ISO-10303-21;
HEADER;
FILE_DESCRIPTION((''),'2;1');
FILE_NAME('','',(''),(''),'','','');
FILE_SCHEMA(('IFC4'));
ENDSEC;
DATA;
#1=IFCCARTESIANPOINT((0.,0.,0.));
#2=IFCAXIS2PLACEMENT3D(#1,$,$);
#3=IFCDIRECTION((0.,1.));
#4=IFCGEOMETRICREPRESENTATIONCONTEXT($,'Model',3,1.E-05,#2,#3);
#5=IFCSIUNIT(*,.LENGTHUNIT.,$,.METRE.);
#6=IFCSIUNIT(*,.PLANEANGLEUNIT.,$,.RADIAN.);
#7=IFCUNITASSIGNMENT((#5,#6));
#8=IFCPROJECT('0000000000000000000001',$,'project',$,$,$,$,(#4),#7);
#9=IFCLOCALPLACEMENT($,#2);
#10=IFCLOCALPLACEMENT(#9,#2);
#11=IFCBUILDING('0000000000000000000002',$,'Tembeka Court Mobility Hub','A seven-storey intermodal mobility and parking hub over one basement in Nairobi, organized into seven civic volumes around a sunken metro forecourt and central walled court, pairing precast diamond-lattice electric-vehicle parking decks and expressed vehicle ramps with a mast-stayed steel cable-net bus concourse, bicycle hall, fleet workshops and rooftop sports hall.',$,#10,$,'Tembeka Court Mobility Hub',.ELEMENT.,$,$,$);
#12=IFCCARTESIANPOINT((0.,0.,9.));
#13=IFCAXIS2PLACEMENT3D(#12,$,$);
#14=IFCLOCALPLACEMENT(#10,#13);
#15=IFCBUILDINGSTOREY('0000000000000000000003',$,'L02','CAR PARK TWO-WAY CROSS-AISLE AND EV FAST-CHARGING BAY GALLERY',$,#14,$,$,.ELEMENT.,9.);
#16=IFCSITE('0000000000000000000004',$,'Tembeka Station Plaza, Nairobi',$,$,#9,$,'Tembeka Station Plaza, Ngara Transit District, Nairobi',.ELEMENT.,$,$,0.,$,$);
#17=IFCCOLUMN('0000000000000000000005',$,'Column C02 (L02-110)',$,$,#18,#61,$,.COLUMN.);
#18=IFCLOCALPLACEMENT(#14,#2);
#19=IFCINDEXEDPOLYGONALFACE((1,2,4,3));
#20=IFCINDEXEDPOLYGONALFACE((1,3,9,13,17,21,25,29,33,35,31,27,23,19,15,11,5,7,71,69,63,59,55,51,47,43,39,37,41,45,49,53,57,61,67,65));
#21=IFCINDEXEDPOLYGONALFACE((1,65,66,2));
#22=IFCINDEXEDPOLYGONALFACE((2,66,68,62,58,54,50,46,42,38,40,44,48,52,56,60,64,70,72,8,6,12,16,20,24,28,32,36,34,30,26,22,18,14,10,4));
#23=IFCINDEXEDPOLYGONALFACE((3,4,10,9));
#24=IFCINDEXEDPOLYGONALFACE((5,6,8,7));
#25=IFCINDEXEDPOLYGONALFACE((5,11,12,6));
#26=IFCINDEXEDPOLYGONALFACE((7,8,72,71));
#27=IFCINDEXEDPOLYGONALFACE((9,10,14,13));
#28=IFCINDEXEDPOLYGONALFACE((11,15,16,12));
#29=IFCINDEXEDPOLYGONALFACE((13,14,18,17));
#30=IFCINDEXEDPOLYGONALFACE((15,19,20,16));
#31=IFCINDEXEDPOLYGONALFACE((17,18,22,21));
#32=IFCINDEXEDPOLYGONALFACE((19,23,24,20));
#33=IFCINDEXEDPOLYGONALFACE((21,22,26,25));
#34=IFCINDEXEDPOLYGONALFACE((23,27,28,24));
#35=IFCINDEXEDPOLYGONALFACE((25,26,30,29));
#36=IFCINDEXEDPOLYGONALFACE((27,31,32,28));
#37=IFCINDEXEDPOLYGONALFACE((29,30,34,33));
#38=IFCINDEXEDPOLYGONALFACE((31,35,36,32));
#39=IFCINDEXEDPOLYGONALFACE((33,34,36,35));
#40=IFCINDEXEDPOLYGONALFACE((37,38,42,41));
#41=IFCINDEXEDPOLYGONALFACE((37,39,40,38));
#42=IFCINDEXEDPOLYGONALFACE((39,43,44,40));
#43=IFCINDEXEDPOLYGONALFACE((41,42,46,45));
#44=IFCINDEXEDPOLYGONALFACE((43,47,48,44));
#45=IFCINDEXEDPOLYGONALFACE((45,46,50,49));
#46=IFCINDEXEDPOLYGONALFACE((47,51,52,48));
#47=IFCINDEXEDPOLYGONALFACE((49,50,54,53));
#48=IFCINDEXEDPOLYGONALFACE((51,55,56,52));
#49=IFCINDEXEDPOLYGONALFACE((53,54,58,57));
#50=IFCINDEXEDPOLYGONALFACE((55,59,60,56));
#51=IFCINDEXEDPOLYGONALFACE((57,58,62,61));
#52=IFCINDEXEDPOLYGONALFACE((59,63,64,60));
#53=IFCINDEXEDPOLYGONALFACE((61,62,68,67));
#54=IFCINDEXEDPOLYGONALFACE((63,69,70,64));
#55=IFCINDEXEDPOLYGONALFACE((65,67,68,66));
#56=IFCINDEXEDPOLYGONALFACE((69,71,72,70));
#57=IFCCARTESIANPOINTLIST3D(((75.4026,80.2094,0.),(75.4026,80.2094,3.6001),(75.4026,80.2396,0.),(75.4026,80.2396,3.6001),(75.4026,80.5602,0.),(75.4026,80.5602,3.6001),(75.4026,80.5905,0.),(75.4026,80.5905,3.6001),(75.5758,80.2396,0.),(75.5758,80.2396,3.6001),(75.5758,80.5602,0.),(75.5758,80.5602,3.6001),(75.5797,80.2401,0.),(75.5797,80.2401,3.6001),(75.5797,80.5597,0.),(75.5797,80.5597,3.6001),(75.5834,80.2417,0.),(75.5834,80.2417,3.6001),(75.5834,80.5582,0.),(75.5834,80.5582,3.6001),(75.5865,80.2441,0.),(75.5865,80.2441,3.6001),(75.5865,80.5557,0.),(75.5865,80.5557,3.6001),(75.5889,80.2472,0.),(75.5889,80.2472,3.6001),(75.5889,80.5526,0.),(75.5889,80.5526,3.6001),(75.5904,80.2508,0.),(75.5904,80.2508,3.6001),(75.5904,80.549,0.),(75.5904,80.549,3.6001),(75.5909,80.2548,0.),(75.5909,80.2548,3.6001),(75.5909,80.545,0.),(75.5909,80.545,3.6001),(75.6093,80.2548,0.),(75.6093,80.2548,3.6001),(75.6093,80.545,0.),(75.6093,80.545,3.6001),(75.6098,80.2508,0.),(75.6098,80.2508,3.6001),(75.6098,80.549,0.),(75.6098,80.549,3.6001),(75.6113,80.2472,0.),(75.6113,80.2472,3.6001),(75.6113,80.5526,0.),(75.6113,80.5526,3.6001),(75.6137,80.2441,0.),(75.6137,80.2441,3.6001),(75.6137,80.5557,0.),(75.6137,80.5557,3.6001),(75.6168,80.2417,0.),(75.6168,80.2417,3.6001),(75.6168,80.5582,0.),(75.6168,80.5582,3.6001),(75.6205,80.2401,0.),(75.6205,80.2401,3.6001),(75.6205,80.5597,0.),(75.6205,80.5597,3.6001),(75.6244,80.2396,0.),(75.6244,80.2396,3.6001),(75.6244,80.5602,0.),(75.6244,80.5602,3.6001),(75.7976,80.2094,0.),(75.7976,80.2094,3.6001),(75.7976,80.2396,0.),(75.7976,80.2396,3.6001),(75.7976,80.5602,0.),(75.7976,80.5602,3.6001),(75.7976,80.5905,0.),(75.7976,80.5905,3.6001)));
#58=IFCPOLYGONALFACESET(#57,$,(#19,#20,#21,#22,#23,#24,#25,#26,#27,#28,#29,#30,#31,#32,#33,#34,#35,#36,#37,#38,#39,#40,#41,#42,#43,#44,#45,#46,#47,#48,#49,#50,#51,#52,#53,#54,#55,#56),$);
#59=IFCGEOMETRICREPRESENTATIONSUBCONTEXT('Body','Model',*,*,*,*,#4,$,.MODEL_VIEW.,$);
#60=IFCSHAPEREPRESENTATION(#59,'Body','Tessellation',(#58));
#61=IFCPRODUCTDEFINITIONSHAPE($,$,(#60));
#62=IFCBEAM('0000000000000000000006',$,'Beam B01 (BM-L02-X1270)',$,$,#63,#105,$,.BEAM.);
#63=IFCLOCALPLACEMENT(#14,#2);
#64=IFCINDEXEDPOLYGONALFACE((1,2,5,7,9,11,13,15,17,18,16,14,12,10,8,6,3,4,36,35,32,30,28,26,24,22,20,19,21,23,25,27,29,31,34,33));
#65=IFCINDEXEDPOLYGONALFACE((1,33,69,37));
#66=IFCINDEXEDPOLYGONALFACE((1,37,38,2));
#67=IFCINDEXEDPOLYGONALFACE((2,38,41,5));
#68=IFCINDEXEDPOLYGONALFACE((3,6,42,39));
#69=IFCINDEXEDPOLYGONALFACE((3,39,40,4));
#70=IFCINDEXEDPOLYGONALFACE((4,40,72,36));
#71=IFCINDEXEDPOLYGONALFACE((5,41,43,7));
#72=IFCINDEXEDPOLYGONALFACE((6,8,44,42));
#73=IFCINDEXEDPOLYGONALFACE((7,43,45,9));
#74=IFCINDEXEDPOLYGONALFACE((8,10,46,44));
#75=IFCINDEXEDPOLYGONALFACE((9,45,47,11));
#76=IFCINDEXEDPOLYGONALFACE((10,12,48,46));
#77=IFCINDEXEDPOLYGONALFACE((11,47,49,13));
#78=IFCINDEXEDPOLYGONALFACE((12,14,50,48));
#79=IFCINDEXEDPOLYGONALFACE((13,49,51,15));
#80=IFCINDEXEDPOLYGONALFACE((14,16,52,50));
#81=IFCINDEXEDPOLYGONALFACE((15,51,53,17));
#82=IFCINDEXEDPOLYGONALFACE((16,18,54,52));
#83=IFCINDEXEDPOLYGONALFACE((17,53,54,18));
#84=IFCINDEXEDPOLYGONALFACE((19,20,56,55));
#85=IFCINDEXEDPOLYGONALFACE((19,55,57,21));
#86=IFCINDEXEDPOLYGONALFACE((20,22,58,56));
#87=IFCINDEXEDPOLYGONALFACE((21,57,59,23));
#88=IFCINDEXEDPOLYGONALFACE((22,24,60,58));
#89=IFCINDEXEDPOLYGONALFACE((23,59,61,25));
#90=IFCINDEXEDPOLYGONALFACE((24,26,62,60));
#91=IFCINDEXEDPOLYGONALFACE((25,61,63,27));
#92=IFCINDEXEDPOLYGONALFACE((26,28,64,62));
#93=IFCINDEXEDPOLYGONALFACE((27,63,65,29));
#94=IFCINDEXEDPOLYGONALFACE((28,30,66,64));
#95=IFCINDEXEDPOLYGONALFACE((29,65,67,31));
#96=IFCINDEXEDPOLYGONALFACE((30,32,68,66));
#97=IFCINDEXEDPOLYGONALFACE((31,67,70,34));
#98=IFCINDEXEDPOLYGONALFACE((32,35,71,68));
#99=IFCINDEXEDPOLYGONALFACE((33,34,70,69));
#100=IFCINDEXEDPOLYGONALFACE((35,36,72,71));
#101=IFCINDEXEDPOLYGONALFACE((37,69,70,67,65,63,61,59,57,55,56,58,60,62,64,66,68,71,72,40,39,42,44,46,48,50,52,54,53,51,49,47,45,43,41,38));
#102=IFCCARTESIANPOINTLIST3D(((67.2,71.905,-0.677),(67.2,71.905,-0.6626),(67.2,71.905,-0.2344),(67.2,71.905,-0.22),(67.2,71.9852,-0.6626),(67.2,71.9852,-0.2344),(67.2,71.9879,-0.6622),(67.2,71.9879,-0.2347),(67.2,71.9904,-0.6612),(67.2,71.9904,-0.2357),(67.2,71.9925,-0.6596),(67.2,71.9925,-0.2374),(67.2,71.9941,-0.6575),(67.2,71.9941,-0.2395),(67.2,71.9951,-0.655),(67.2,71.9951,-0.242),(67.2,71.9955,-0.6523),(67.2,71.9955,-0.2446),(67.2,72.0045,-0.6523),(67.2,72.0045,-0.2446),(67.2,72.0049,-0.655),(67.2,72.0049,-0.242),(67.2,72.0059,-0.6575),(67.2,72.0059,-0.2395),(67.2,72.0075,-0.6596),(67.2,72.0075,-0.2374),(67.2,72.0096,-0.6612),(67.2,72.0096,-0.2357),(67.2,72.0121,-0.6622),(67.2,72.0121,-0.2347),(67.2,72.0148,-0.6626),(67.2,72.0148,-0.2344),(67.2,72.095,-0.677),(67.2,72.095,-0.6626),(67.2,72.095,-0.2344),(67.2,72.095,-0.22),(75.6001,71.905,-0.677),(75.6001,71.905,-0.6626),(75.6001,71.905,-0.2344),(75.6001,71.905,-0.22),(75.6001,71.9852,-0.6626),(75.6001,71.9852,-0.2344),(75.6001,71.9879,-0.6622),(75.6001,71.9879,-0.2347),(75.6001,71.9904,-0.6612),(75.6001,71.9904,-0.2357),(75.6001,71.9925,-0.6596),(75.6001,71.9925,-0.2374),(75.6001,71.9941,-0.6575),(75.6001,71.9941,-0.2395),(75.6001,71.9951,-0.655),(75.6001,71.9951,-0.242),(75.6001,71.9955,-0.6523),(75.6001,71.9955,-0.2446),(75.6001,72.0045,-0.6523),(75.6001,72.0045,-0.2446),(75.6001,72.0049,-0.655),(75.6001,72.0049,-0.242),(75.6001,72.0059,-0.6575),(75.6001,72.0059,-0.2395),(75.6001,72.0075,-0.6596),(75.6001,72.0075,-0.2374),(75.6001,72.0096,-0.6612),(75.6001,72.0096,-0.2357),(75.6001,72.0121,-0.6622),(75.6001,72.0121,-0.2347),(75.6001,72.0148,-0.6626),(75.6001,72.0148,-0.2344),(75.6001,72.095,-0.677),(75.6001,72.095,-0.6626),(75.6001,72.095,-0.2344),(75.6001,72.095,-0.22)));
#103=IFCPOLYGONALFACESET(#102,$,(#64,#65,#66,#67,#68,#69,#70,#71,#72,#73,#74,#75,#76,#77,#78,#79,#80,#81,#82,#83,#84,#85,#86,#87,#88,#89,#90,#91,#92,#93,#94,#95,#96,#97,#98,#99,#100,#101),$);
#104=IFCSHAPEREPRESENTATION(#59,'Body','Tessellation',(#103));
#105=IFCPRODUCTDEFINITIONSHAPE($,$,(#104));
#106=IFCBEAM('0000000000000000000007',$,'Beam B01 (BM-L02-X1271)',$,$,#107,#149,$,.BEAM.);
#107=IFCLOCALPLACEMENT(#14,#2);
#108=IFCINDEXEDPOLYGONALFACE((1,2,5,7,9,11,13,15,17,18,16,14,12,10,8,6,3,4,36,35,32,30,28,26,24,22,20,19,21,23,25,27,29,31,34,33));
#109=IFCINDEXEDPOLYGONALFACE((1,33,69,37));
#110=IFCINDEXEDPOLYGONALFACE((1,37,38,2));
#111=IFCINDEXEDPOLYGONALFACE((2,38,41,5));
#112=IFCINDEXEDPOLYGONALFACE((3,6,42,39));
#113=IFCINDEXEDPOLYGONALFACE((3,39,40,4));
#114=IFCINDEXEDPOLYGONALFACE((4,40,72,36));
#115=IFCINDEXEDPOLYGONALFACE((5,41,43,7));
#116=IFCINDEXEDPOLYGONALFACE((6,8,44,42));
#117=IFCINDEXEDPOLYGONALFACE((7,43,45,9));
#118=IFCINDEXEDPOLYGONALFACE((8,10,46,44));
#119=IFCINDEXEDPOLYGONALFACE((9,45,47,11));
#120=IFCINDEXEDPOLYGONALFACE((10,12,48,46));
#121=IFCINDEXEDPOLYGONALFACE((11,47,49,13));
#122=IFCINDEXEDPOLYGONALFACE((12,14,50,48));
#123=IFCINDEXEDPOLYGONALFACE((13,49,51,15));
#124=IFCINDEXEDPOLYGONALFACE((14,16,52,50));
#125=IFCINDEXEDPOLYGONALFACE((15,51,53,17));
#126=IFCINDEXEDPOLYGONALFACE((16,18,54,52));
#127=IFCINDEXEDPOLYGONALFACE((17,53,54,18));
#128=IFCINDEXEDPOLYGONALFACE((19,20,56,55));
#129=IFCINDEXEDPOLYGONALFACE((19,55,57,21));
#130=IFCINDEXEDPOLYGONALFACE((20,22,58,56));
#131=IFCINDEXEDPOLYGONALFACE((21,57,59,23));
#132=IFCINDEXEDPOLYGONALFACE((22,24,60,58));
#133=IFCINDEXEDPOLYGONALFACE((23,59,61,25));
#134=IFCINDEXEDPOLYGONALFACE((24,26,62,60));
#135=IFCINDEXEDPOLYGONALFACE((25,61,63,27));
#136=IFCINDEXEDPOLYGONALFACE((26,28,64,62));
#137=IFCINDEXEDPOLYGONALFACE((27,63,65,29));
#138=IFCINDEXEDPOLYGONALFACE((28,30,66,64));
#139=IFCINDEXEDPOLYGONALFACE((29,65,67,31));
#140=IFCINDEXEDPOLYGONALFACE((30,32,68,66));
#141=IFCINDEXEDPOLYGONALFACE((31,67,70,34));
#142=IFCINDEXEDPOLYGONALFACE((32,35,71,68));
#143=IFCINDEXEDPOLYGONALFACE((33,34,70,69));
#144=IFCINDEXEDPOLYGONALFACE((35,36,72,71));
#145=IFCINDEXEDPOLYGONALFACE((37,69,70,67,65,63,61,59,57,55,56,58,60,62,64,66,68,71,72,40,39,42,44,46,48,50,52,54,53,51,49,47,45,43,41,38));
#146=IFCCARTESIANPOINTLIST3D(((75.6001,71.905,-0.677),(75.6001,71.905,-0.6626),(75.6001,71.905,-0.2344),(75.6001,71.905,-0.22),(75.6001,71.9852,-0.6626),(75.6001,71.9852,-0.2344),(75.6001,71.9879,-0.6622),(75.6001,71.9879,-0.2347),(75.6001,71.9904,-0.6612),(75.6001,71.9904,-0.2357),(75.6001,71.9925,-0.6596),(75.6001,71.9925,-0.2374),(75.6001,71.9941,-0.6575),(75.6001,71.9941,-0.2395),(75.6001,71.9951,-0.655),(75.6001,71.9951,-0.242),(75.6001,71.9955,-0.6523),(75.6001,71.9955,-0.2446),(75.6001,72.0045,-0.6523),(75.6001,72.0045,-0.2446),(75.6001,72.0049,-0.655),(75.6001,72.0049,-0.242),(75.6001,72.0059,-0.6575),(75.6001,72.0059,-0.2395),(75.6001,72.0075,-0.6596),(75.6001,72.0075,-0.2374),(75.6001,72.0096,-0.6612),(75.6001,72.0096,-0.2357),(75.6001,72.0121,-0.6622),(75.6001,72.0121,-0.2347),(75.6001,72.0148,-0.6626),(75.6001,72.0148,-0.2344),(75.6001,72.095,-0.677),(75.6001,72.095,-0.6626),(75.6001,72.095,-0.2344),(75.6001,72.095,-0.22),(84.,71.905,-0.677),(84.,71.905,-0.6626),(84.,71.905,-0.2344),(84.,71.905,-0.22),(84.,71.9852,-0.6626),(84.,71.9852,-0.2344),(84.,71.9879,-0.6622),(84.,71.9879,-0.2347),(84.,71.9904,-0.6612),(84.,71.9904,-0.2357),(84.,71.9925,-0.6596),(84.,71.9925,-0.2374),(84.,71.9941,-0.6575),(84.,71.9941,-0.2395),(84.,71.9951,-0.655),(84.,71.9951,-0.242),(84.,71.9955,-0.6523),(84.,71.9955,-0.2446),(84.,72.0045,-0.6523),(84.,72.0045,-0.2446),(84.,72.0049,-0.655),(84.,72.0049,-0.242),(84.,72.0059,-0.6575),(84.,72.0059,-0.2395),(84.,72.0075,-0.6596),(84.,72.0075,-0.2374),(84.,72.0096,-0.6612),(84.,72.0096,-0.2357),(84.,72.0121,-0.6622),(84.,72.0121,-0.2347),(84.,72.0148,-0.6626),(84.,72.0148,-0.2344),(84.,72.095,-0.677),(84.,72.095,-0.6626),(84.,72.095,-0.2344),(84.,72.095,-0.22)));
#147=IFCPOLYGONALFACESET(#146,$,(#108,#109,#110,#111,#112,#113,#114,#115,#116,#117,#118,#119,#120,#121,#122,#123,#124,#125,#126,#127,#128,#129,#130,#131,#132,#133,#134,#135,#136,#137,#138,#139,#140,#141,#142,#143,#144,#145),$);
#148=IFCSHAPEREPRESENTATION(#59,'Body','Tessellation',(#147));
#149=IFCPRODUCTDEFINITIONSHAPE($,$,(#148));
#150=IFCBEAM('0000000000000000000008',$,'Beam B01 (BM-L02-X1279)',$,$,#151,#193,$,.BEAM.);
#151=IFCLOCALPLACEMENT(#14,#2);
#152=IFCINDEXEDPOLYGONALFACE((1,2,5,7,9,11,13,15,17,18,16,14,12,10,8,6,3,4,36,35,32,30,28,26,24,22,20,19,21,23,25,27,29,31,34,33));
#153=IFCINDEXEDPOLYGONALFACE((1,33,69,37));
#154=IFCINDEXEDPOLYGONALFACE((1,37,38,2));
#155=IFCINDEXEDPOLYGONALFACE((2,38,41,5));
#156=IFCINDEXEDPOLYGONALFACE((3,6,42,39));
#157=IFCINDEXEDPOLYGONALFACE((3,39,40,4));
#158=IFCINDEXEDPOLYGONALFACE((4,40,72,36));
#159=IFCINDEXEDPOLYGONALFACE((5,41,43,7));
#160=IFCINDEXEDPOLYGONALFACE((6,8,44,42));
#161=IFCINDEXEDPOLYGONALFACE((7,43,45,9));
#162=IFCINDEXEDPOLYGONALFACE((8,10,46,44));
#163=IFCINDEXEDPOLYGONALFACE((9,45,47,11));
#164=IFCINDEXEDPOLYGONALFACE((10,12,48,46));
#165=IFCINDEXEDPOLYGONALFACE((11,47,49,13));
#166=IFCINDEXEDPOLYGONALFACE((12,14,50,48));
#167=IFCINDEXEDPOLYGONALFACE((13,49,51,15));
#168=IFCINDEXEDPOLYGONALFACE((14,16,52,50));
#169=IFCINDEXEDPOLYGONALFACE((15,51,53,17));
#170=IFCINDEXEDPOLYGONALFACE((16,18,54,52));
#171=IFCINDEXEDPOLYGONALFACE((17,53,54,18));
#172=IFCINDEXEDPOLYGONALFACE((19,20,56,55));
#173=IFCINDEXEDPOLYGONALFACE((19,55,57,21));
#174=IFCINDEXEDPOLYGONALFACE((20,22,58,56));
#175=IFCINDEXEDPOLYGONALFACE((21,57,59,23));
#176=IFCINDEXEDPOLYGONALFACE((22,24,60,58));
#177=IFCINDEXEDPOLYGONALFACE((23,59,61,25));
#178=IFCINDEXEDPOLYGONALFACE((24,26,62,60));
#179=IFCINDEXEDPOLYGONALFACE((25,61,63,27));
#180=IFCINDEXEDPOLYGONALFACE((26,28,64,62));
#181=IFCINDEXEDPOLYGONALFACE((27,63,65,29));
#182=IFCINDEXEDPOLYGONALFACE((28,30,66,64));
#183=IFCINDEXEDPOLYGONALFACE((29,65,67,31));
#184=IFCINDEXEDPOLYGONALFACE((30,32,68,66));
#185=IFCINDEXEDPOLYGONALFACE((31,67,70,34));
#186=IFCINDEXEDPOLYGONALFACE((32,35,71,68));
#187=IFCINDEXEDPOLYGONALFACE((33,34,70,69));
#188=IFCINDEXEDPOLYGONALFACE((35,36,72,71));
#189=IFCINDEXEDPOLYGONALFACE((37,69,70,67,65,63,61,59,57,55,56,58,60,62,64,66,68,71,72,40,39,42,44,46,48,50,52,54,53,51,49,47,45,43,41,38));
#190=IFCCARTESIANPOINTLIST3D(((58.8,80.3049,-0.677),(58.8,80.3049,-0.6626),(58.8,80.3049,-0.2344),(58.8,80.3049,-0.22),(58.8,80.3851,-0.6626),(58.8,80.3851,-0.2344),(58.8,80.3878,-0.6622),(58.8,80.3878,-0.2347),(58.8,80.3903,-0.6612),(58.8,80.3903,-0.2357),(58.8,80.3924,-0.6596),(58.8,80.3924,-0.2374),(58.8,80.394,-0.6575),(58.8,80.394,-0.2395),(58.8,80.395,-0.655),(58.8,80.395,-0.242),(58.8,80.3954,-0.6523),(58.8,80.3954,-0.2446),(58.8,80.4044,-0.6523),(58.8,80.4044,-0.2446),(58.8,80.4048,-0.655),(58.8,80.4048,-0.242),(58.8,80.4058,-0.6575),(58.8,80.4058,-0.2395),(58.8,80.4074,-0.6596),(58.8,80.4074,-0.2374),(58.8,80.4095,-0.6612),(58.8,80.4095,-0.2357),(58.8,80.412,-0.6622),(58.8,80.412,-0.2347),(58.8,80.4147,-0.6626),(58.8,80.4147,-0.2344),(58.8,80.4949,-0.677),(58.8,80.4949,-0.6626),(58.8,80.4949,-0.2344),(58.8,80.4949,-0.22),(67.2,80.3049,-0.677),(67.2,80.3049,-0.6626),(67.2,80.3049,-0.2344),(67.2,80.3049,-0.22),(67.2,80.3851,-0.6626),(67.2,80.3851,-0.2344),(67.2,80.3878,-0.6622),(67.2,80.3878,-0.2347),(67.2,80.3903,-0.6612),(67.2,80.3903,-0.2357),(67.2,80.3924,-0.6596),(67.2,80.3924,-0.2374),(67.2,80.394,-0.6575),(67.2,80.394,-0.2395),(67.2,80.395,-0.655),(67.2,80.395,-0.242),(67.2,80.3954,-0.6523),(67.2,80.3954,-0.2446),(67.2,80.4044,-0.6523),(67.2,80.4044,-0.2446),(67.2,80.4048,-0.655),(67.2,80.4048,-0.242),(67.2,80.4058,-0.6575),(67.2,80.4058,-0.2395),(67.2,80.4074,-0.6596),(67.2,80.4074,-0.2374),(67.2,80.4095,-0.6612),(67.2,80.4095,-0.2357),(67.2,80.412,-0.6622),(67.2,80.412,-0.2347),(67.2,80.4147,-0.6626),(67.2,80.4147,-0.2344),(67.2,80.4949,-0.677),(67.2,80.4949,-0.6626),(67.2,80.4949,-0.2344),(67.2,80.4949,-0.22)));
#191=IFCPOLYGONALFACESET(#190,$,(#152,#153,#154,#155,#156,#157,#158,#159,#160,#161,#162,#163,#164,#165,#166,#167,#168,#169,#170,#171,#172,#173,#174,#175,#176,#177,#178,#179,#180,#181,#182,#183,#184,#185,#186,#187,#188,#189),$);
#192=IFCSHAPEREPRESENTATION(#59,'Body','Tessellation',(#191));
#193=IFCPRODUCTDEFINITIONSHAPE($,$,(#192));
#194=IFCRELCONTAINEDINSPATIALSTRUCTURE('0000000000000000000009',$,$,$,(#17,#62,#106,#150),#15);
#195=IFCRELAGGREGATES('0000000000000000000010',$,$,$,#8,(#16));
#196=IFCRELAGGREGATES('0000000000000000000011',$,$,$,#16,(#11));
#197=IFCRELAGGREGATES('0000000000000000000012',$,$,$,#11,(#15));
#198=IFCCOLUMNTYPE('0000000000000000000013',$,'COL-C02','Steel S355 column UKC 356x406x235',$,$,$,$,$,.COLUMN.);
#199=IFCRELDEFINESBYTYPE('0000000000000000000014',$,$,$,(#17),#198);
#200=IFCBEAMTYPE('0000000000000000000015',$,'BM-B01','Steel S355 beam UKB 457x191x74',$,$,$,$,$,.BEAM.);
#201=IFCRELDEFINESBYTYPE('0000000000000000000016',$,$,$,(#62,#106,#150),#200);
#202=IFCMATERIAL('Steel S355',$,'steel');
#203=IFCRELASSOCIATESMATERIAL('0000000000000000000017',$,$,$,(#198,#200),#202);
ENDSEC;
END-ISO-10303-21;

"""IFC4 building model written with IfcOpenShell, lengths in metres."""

from ifc_helpers import new_model, si_unit, direction, frame, origin, origin_2d, place, context, subcontext, project, spatial, i_section, extrude, material, material_profile, profile_set, type_object, element, save


model = new_model("IFC4")

# Units and contexts
model_context = context("Model", 3, precision=1e-05, world=origin(), true_north=direction((0.0, 1.0)))
body_context = subcontext(model_context, "Body", "Model", "MODEL_VIEW")
ifc_project = project(units=[si_unit("LENGTHUNIT", "METRE"), si_unit("PLANEANGLEUNIT", "RADIAN")], contexts=[model_context])

# Site, building, storey
site_placement = place(None, origin())
site = spatial("IfcSite", under=ifc_project, at=site_placement, Name="Tembeka Station Plaza, Nairobi", LongName="Tembeka Station Plaza, Ngara Transit District, Nairobi", CompositionType="ELEMENT", RefElevation=0.0)
building_placement = place(site_placement, origin())
building = spatial("IfcBuilding", under=site, at=building_placement, Name="Tembeka Court Mobility Hub", Description="A seven-storey intermodal mobility and parking hub over one basement in Nairobi, organized into seven civic volumes around a sunken metro forecourt and central walled court, pairing precast diamond-lattice electric-vehicle parking decks and expressed vehicle ramps with a mast-stayed steel cable-net bus concourse, bicycle hall, fleet workshops and rooftop sports hall.", LongName="Tembeka Court Mobility Hub", CompositionType="ELEMENT")
storey_placement = place(building_placement, frame((0.0, 0.0, 9.0)))
storey = spatial("IfcBuildingStorey", under=building, at=storey_placement, Name="L02", Description="CAR PARK TWO-WAY CROSS-AISLE AND EV FAST-CHARGING BAY GALLERY", CompositionType="ELEMENT", Elevation=9.0)

# Column
ifc_material = material(Name="Steel S355", Category="steel")
ifc_material_profile_1 = material_profile(ifc_material, i_section(OverallWidth=0.395, OverallDepth=0.3811, WebThickness=0.0183, FlangeThickness=0.0303, FilletRadius=0.0151, at=origin_2d()), Name="UKC 356x406x235")
ifc_profile_set_1 = profile_set([ifc_material_profile_1], Name="Steel S355")
column_type = type_object("IfcColumnType", Name="COL-C02", Description="Steel S355 column UKC 356x406x235", PredefinedType="COLUMN", material=ifc_profile_set_1)
for number, where, z_axis, x_axis, name in (
    (1, (75.6001, 80.3999, 0.0), (0.0, 0.0, 1.0), (1.0, 0.0, 0.0), "Column C02 (L02-110)"),
):
    element("IfcColumn", number, at=place(storey_placement, frame(where, z_axis=z_axis, x_axis=x_axis)), inside=storey, type_object=column_type, Name=name, PredefinedType="COLUMN", context=body_context, shape_type="SweptSolid", body=[
        extrude(i_section(OverallWidth=0.395, OverallDepth=0.3811, WebThickness=0.0183, FlangeThickness=0.0303, FilletRadius=0.0151, at=origin_2d()), origin(), (0.0, 0.0, 1.0), 3.6001),
    ])

# Beams
ifc_material_profile_2 = material_profile(ifc_material, i_section(OverallWidth=0.1899, OverallDepth=0.457, WebThickness=0.009, FlangeThickness=0.0144, FilletRadius=0.0103, at=origin_2d()), Name="UKB 457x191x74")
ifc_profile_set_2 = profile_set([ifc_material_profile_2], Name="Steel S355")
beam_type_1 = type_object("IfcBeamType", Name="BM-B01", Description="Steel S355 beam UKB 457x191x74", PredefinedType="BEAM", material=ifc_profile_set_2)
beam_1_placement = place(storey_placement, frame((67.2, 72.0, -0.4485), z_axis=(1.0, 0.0, 0.0), x_axis=(0.0, 1.0, 0.0)))
element("IfcBeam", 2, at=beam_1_placement, inside=storey, type_object=beam_type_1, Name="Beam B01 (BM-L02-X1270)", PredefinedType="BEAM", context=body_context, shape_type="SweptSolid", body=[
    extrude(i_section(OverallWidth=0.1899, OverallDepth=0.457, WebThickness=0.009, FlangeThickness=0.0144, FilletRadius=0.0103, at=origin_2d()), origin(), (0.0, 0.0, 1.0), 8.4001),
])
for number, where, z_axis, x_axis, name in (
    (3, (75.6001, 72.0, -0.4485), (1.0, 0.0, 0.0), (0.0, 1.0, 0.0), "Beam B01 (BM-L02-X1271)"),
    (4, (58.8, 80.3999, -0.4485), (1.0, 0.0, 0.0), (0.0, 1.0, 0.0), "Beam B01 (BM-L02-X1279)"),
):
    element("IfcBeam", number, at=place(storey_placement, frame(where, z_axis=z_axis, x_axis=x_axis)), inside=storey, type_object=beam_type_1, Name=name, PredefinedType="BEAM", context=body_context, shape_type="SweptSolid", body=[
        extrude(i_section(OverallWidth=0.1899, OverallDepth=0.457, WebThickness=0.009, FlangeThickness=0.0144, FilletRadius=0.0103, at=origin_2d()), origin(), (0.0, 0.0, 1.0), 8.3999),
    ])

save(model, "model.ifc")
